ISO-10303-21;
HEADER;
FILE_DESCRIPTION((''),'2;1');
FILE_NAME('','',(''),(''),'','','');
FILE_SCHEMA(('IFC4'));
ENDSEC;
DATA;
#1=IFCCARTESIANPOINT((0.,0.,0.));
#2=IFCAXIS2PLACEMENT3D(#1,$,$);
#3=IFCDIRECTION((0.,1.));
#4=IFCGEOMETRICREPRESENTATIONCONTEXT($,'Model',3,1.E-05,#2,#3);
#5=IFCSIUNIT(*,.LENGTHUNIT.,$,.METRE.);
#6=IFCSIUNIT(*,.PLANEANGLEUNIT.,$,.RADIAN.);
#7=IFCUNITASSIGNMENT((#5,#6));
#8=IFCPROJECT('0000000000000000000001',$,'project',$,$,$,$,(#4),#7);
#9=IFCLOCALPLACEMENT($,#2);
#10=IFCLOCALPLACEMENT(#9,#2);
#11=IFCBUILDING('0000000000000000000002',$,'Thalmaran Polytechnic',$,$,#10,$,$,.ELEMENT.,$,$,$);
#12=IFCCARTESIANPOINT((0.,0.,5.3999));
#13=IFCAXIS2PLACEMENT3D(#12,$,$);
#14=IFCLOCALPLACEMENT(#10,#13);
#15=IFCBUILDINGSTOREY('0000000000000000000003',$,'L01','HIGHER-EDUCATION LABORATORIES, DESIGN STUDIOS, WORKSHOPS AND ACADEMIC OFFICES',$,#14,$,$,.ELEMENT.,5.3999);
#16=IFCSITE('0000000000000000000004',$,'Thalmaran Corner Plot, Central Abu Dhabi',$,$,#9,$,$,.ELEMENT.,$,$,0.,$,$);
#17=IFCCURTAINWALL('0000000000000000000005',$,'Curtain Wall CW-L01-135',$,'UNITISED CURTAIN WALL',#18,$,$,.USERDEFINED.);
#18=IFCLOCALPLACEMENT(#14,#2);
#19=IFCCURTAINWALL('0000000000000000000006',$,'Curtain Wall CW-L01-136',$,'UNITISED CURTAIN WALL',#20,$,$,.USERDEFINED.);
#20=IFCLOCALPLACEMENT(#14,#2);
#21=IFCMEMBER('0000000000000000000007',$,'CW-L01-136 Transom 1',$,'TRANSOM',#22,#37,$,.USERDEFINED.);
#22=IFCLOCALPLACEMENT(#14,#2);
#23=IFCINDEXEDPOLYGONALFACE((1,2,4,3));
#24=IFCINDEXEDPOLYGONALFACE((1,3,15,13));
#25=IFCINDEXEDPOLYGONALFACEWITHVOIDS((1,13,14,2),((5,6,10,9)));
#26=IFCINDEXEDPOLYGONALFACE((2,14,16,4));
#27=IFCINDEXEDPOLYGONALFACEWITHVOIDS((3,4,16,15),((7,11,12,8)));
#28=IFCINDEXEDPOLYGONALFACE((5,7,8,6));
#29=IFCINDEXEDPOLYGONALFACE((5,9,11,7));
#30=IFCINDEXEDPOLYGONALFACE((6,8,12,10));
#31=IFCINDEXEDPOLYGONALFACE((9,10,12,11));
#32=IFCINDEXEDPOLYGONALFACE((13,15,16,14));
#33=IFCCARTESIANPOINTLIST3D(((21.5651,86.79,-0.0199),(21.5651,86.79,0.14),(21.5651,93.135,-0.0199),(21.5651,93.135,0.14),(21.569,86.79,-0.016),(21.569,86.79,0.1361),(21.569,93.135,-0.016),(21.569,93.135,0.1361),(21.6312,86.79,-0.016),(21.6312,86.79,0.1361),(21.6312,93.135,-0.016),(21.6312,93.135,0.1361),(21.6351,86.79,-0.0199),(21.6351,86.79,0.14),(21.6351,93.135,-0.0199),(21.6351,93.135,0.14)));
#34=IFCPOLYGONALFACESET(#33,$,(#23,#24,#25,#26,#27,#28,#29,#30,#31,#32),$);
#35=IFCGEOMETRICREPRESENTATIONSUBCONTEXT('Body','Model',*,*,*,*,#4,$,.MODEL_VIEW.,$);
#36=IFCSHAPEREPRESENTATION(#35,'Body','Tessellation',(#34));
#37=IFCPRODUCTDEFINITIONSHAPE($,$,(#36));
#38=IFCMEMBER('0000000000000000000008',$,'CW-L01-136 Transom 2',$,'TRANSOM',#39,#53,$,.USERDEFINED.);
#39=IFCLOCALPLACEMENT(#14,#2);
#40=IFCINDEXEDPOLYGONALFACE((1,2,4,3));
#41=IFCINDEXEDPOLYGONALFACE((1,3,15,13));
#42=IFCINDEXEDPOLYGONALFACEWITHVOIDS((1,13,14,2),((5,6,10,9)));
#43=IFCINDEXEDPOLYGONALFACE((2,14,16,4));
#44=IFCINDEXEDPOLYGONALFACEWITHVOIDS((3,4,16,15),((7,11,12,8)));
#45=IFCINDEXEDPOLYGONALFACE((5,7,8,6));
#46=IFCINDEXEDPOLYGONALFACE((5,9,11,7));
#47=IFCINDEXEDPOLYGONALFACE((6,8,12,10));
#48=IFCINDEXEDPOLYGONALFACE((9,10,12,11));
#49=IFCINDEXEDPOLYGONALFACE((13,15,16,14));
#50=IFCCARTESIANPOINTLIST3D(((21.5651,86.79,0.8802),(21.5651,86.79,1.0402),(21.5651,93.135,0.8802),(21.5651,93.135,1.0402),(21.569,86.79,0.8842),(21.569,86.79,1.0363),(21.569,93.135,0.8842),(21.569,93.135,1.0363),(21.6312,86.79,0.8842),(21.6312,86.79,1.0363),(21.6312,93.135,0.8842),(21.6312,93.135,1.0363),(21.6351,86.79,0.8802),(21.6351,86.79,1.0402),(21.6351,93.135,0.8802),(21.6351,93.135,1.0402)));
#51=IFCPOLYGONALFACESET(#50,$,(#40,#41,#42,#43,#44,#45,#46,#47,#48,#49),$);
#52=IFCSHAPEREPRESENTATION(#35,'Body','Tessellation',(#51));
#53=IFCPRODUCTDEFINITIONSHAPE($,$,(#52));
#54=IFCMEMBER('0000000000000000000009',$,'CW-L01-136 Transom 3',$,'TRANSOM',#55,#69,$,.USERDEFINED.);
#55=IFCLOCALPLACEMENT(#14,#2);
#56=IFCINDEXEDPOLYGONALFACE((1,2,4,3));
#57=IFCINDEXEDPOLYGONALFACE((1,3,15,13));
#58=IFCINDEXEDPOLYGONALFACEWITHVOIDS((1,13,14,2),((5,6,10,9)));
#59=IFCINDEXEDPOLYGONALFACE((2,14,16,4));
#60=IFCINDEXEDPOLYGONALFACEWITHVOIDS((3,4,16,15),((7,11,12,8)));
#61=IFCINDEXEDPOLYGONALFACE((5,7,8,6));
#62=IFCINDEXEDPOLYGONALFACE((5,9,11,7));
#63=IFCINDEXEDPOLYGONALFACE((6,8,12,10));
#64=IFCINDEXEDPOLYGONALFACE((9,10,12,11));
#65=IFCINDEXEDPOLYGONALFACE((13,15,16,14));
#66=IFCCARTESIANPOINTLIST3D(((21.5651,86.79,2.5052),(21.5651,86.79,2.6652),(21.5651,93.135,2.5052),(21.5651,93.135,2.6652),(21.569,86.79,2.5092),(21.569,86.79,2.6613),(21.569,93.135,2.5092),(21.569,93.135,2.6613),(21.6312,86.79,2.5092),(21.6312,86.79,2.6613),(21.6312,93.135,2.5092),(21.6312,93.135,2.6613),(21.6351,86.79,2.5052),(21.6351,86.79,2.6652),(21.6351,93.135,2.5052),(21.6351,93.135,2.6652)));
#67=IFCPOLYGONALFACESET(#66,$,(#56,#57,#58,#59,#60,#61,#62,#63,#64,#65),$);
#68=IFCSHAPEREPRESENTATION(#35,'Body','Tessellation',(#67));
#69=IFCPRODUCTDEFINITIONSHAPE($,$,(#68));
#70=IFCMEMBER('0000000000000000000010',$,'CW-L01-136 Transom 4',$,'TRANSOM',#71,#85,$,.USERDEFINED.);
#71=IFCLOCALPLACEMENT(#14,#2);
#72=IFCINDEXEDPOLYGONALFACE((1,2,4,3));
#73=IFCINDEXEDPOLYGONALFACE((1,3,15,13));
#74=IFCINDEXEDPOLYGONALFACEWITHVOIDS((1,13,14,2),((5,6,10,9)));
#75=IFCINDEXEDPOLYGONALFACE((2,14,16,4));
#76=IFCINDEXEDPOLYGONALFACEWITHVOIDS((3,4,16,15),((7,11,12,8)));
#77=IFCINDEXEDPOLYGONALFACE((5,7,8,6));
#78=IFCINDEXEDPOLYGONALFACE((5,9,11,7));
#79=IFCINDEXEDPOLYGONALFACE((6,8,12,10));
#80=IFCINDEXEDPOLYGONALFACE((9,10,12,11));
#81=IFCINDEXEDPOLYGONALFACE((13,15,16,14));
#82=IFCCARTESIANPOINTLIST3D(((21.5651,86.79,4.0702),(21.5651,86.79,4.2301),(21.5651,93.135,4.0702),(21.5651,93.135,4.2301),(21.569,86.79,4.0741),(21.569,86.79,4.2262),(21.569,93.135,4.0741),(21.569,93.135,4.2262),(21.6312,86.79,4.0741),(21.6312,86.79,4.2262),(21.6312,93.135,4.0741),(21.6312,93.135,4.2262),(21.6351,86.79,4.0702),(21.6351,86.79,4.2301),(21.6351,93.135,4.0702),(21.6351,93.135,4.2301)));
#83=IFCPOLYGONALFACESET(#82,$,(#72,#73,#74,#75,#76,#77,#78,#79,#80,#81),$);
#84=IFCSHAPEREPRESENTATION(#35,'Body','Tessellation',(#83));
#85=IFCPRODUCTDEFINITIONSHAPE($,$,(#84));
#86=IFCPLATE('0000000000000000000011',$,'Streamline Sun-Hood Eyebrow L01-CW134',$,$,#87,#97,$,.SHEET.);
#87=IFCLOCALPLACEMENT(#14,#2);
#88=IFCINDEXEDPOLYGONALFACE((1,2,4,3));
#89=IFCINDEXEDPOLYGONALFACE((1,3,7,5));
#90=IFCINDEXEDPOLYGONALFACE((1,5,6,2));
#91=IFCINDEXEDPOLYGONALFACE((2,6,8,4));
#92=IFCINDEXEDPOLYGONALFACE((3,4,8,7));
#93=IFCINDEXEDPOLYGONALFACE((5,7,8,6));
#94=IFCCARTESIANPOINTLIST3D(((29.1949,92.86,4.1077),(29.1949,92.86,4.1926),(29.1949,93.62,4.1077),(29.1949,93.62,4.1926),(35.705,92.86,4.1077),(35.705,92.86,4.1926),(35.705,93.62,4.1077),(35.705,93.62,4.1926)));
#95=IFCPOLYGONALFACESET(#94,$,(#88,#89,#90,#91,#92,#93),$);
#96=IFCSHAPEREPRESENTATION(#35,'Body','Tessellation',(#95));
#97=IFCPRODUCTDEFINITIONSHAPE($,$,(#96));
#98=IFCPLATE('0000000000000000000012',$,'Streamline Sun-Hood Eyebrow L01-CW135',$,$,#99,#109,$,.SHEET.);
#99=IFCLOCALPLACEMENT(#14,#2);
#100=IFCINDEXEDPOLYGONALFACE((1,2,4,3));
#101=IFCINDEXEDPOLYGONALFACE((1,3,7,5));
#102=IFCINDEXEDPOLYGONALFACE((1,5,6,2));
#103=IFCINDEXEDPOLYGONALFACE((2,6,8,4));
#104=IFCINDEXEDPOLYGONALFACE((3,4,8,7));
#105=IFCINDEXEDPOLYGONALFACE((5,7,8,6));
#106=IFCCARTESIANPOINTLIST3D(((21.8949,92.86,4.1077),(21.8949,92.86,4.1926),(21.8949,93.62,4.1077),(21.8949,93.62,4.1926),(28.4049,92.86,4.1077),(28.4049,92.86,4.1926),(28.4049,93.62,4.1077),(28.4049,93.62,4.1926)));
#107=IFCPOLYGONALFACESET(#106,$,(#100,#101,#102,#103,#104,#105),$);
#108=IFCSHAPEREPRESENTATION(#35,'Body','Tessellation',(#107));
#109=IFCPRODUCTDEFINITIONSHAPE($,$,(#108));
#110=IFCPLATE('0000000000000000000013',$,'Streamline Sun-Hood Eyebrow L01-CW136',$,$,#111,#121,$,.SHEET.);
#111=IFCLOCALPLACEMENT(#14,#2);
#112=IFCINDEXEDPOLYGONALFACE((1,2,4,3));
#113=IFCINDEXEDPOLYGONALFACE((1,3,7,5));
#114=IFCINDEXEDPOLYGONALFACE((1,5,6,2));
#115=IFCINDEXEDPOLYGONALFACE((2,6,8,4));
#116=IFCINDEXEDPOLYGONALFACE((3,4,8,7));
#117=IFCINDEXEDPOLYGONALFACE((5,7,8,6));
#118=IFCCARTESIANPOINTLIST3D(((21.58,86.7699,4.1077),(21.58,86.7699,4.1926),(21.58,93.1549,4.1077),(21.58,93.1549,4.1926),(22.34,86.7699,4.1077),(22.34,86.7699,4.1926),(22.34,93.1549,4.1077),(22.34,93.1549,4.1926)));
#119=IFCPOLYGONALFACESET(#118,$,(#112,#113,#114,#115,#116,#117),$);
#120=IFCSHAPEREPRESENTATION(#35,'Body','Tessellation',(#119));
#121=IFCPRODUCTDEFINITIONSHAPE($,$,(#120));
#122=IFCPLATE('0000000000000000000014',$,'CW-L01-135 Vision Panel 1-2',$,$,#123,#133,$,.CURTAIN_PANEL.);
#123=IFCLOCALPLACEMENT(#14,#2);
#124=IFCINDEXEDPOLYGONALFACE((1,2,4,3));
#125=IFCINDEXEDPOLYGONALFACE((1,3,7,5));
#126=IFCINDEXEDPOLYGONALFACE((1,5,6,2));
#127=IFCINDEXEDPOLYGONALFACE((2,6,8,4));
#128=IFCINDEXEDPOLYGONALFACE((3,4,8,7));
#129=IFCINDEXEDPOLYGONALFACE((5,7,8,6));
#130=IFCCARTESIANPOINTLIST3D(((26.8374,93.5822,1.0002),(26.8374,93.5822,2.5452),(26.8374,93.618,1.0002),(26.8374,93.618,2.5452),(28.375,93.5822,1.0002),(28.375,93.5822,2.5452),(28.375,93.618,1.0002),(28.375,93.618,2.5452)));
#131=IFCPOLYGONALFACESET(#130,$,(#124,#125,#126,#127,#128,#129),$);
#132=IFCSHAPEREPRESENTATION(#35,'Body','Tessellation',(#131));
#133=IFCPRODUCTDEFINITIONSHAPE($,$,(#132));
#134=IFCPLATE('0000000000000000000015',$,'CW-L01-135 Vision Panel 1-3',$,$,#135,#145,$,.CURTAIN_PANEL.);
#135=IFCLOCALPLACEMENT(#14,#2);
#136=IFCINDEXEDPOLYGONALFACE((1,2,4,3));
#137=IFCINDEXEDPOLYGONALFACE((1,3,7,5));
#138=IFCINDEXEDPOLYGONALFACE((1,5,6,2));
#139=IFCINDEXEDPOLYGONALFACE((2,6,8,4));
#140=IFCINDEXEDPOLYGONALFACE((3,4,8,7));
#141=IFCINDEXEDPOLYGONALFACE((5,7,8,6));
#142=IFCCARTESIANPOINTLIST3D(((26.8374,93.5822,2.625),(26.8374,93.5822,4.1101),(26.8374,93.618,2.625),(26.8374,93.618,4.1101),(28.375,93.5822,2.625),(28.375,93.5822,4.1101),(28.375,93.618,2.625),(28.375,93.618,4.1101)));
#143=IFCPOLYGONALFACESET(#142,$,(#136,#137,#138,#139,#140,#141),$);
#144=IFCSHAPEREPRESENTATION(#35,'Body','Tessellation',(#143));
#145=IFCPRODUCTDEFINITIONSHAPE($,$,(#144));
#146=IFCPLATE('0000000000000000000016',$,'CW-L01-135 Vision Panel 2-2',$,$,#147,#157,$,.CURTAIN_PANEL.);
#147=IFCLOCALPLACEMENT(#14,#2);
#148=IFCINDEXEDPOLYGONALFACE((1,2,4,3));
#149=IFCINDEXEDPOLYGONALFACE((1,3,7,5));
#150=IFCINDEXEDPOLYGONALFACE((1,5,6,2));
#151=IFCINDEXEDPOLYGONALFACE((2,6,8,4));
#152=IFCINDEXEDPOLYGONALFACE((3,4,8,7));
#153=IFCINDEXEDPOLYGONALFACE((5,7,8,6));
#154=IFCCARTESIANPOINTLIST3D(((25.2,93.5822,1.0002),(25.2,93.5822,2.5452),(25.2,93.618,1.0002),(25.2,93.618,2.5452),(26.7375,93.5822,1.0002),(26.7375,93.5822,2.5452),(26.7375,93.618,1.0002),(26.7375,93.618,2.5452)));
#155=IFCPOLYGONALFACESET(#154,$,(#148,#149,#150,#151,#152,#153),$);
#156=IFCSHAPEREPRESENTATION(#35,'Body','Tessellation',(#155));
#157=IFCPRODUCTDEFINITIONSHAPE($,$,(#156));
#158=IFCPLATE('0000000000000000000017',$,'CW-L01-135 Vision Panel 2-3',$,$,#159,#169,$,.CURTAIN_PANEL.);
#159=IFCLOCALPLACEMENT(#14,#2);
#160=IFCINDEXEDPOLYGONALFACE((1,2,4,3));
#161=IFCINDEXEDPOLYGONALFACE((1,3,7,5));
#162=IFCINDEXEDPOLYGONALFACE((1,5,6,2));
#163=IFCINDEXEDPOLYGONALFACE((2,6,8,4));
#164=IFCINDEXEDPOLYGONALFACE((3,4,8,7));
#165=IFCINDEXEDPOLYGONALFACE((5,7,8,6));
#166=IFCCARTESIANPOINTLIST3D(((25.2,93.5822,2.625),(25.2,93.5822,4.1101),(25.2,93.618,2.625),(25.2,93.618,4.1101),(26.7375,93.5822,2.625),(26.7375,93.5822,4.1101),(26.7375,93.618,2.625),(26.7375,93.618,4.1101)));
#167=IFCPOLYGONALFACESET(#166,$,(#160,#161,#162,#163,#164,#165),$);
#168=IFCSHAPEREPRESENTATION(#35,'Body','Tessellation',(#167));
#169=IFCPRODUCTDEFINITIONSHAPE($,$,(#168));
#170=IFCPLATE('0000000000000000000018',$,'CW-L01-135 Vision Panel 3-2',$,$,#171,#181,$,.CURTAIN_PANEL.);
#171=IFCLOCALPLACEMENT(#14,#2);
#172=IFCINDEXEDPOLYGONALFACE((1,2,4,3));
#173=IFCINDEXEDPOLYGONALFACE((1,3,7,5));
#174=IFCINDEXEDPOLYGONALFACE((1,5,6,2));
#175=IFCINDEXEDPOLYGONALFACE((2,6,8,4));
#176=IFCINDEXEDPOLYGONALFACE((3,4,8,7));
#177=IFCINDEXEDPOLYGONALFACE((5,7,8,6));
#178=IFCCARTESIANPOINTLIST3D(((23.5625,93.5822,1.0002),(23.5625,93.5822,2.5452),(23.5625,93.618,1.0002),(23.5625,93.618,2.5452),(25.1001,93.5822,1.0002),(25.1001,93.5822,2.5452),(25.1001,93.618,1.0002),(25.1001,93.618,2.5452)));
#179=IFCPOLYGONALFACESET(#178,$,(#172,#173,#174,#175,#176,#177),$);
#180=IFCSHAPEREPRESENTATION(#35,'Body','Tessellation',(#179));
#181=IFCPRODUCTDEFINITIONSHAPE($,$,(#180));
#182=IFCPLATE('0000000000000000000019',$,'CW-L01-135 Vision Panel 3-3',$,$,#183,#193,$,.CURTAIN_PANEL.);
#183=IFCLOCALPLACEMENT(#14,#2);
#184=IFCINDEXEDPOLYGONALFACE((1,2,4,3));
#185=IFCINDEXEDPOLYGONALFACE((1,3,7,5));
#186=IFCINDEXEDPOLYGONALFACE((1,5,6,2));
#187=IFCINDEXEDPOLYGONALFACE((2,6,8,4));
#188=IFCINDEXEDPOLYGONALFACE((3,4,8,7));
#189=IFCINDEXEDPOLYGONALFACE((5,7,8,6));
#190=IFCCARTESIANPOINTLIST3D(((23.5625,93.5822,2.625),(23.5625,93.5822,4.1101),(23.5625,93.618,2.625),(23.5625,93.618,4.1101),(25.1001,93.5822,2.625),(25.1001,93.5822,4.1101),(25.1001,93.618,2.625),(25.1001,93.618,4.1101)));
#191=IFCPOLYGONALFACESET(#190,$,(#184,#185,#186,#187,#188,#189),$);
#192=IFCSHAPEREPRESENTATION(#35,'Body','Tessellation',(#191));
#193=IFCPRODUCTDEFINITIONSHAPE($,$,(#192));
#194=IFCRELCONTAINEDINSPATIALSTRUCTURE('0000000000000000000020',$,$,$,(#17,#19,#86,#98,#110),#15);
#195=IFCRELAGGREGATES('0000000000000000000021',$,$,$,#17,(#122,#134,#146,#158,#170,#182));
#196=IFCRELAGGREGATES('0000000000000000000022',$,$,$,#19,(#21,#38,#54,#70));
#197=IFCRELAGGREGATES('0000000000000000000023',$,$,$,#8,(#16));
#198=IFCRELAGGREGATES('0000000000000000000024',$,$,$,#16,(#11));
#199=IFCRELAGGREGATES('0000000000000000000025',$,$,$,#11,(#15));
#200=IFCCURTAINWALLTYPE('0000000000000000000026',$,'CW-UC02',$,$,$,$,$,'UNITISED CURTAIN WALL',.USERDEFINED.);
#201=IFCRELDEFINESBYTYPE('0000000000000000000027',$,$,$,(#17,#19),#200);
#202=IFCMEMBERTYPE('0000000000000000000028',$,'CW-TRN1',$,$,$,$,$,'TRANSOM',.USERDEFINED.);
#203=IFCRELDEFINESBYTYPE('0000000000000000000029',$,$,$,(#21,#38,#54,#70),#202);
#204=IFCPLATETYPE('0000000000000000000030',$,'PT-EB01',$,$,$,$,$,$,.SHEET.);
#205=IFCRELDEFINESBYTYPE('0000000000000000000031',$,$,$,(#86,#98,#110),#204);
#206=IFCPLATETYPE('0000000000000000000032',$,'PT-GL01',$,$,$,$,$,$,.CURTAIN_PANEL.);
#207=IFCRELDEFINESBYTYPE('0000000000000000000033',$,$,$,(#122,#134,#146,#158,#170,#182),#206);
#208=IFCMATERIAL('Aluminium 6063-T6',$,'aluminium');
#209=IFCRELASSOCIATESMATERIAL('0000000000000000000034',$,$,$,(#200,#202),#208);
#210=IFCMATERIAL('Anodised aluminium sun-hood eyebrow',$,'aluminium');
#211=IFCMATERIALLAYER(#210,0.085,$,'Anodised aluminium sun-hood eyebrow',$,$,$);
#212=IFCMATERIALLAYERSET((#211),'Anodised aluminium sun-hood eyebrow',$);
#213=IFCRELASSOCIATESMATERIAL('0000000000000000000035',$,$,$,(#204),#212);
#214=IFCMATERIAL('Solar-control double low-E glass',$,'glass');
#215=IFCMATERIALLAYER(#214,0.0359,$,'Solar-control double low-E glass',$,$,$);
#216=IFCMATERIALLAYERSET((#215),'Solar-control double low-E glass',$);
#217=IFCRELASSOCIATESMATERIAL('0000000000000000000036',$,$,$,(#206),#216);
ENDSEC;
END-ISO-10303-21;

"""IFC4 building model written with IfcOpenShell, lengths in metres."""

from ifc_helpers import new_model, si_unit, direction, frame, origin, origin_2d, place, context, subcontext, project, spatial, rectangle, hollow_rectangle, extrude, material, layer, layer_set, material_profile, profile_set, type_object, element, aggregate, save


model = new_model("IFC4")

# Units and contexts
model_context = context("Model", 3, precision=1e-05, world=origin(), true_north=direction((0.0, 1.0)))
body_context = subcontext(model_context, "Body", "Model", "MODEL_VIEW")
ifc_project = project(units=[si_unit("LENGTHUNIT", "METRE"), si_unit("PLANEANGLEUNIT", "RADIAN")], contexts=[model_context])

# Site, building, storey
site_placement = place(None, origin())
site = spatial("IfcSite", under=ifc_project, at=site_placement, Name="Thalmaran Corner Plot, Central Abu Dhabi", CompositionType="ELEMENT", RefElevation=0.0)
building_placement = place(site_placement, origin())
building = spatial("IfcBuilding", under=site, at=building_placement, Name="Thalmaran Polytechnic", CompositionType="ELEMENT")
storey_placement = place(building_placement, frame((0.0, 0.0, 5.3999)))
storey = spatial("IfcBuildingStorey", under=building, at=storey_placement, Name="L01", Description="HIGHER-EDUCATION LABORATORIES, DESIGN STUDIOS, WORKSHOPS AND ACADEMIC OFFICES", CompositionType="ELEMENT", Elevation=5.3999)

# Curtain walls
ifc_material_1 = material(Name="Aluminium 6063-T6", Category="aluminium")
curtain_wall_type = type_object("IfcCurtainWallType", Name="CW-UC02", ElementType="UNITISED CURTAIN WALL", PredefinedType="USERDEFINED", material=ifc_material_1)
curtain_wall_1_placement = place(storey_placement, origin())
curtain_wall_1 = element("IfcCurtainWall", 1, at=curtain_wall_1_placement, inside=storey, type_object=curtain_wall_type, Name="Curtain Wall CW-L01-135", ObjectType="UNITISED CURTAIN WALL", PredefinedType="USERDEFINED")
curtain_wall_2_placement = place(storey_placement, origin())
curtain_wall_2 = element("IfcCurtainWall", 2, at=curtain_wall_2_placement, inside=storey, type_object=curtain_wall_type, Name="Curtain Wall CW-L01-136", ObjectType="UNITISED CURTAIN WALL", PredefinedType="USERDEFINED")

# Members
ifc_material_profile_1 = material_profile(ifc_material_1, hollow_rectangle(XDim=0.0701, YDim=0.1599, WallThickness=0.0039, at=origin_2d()), Name="AL 160x70x4.0")
ifc_profile_set_1 = profile_set([ifc_material_profile_1], Name="Aluminium 6063-T6")
member_type_1 = type_object("IfcMemberType", Name="CW-TRN1", ElementType="TRANSOM", PredefinedType="USERDEFINED", material=ifc_profile_set_1)
member_1_placement = place(storey_placement, frame((21.6001, 93.135, 0.0601), z_axis=(0.0, -1.0, 0.0), x_axis=(1.0, 0.0, 0.0)))
member_1 = element("IfcMember", 3, at=member_1_placement, type_object=member_type_1, Name="CW-L01-136 Transom 1", ObjectType="TRANSOM", PredefinedType="USERDEFINED", context=body_context, shape_type="SweptSolid", body=[
    extrude(hollow_rectangle(XDim=0.0701, YDim=0.1599, WallThickness=0.0039, at=origin_2d()), origin(), (0.0, 0.0, 1.0), 6.345),
])
member_2_placement = place(storey_placement, frame((21.6001, 93.135, 0.9602), z_axis=(0.0, -1.0, 0.0), x_axis=(1.0, 0.0, 0.0)))
member_2 = element("IfcMember", 4, at=member_2_placement, type_object=member_type_1, Name="CW-L01-136 Transom 2", ObjectType="TRANSOM", PredefinedType="USERDEFINED", context=body_context, shape_type="SweptSolid", body=[
    extrude(hollow_rectangle(XDim=0.0701, YDim=0.1599, WallThickness=0.0039, at=origin_2d()), origin(), (0.0, 0.0, 1.0), 6.345),
])
member_3_placement = place(storey_placement, frame((21.6001, 93.135, 2.5852), z_axis=(0.0, -1.0, 0.0), x_axis=(1.0, 0.0, 0.0)))
member_3 = element("IfcMember", 5, at=member_3_placement, type_object=member_type_1, Name="CW-L01-136 Transom 3", ObjectType="TRANSOM", PredefinedType="USERDEFINED", context=body_context, shape_type="SweptSolid", body=[
    extrude(hollow_rectangle(XDim=0.0701, YDim=0.1599, WallThickness=0.0039, at=origin_2d()), origin(), (0.0, 0.0, 1.0), 6.345),
])
member_4_placement = place(storey_placement, frame((21.6001, 93.135, 4.1501), z_axis=(0.0, -1.0, 0.0), x_axis=(1.0, 0.0, 0.0)))
member_4 = element("IfcMember", 6, at=member_4_placement, type_object=member_type_1, Name="CW-L01-136 Transom 4", ObjectType="TRANSOM", PredefinedType="USERDEFINED", context=body_context, shape_type="SweptSolid", body=[
    extrude(hollow_rectangle(XDim=0.0701, YDim=0.1599, WallThickness=0.0039, at=origin_2d()), origin(), (0.0, 0.0, 1.0), 6.345),
])

# Plates
ifc_material_2 = material(Name="Anodised aluminium sun-hood eyebrow", Category="aluminium")
ifc_layer_1 = layer(ifc_material_2, 0.085, Name="Anodised aluminium sun-hood eyebrow")
ifc_layer_set_1 = layer_set([ifc_layer_1], Name="Anodised aluminium sun-hood eyebrow")
plate_type_1 = type_object("IfcPlateType", Name="PT-EB01", PredefinedType="SHEET", material=ifc_layer_set_1)
for number, where, z_axis, x_axis, name in (
    (7, (32.45, 93.24, 4.1077), (0.0, 0.0, 1.0), (-1.0, 0.0, 0.0), "Streamline Sun-Hood Eyebrow L01-CW134"),
    (8, (25.1499, 93.24, 4.1077), (0.0, 0.0, 1.0), (-1.0, 0.0, 0.0), "Streamline Sun-Hood Eyebrow L01-CW135"),
):
    element("IfcPlate", number, at=place(storey_placement, frame(where, z_axis=z_axis, x_axis=x_axis)), inside=storey, type_object=plate_type_1, Name=name, PredefinedType="SHEET", context=body_context, shape_type="SweptSolid", body=[
        extrude(rectangle(XDim=6.51, YDim=0.76, at=origin_2d()), origin(), (0.0, 0.0, 1.0), 0.085),
    ])
plate_1_placement = place(storey_placement, frame((21.96, 89.9624, 4.1077), z_axis=(0.0, 0.0, 1.0), x_axis=(0.0, -1.0, 0.0)))
element("IfcPlate", 9, at=plate_1_placement, inside=storey, type_object=plate_type_1, Name="Streamline Sun-Hood Eyebrow L01-CW136", PredefinedType="SHEET", context=body_context, shape_type="SweptSolid", body=[
    extrude(rectangle(XDim=6.385, YDim=0.76, at=origin_2d()), origin(), (0.0, 0.0, 1.0), 0.085),
])

# Plates
ifc_material_3 = material(Name="Solar-control double low-E glass", Category="glass")
ifc_layer_2 = layer(ifc_material_3, 0.0359, Name="Solar-control double low-E glass")
ifc_layer_set_2 = layer_set([ifc_layer_2], Name="Solar-control double low-E glass")
plate_type_2 = type_object("IfcPlateType", Name="PT-GL01", PredefinedType="CURTAIN_PANEL", material=ifc_layer_set_2)
plate_2_placement = place(storey_placement, frame((27.6062, 93.6001, 1.0002), z_axis=(0.0, 0.0, 1.0), x_axis=(-1.0, 0.0, 0.0)))
plate_2 = element("IfcPlate", 10, at=plate_2_placement, type_object=plate_type_2, Name="CW-L01-135 Vision Panel 1-2", PredefinedType="CURTAIN_PANEL", context=body_context, shape_type="SweptSolid", body=[
    extrude(rectangle(XDim=1.5376, YDim=0.0359, at=origin_2d()), origin(), (0.0, 0.0, 1.0), 1.5449),
])
plate_3_placement = place(storey_placement, frame((27.6062, 93.6001, 2.625), z_axis=(0.0, 0.0, 1.0), x_axis=(-1.0, 0.0, 0.0)))
plate_3 = element("IfcPlate", 11, at=plate_3_placement, type_object=plate_type_2, Name="CW-L01-135 Vision Panel 1-3", PredefinedType="CURTAIN_PANEL", context=body_context, shape_type="SweptSolid", body=[
    extrude(rectangle(XDim=1.5376, YDim=0.0359, at=origin_2d()), origin(), (0.0, 0.0, 1.0), 1.4851),
])
plate_4_placement = place(storey_placement, frame((25.9688, 93.6001, 1.0002), z_axis=(0.0, 0.0, 1.0), x_axis=(-1.0, 0.0, 0.0)))
plate_4 = element("IfcPlate", 12, at=plate_4_placement, type_object=plate_type_2, Name="CW-L01-135 Vision Panel 2-2", PredefinedType="CURTAIN_PANEL", context=body_context, shape_type="SweptSolid", body=[
    extrude(rectangle(XDim=1.5376, YDim=0.0359, at=origin_2d()), origin(), (0.0, 0.0, 1.0), 1.5449),
])
plate_5_placement = place(storey_placement, frame((25.9688, 93.6001, 2.625), z_axis=(0.0, 0.0, 1.0), x_axis=(-1.0, 0.0, 0.0)))
plate_5 = element("IfcPlate", 13, at=plate_5_placement, type_object=plate_type_2, Name="CW-L01-135 Vision Panel 2-3", PredefinedType="CURTAIN_PANEL", context=body_context, shape_type="SweptSolid", body=[
    extrude(rectangle(XDim=1.5376, YDim=0.0359, at=origin_2d()), origin(), (0.0, 0.0, 1.0), 1.4851),
])
plate_6_placement = place(storey_placement, frame((24.3313, 93.6001, 1.0002), z_axis=(0.0, 0.0, 1.0), x_axis=(-1.0, 0.0, 0.0)))
plate_6 = element("IfcPlate", 14, at=plate_6_placement, type_object=plate_type_2, Name="CW-L01-135 Vision Panel 3-2", PredefinedType="CURTAIN_PANEL", context=body_context, shape_type="SweptSolid", body=[
    extrude(rectangle(XDim=1.5376, YDim=0.0359, at=origin_2d()), origin(), (0.0, 0.0, 1.0), 1.5449),
])
plate_7_placement = place(storey_placement, frame((24.3313, 93.6001, 2.625), z_axis=(0.0, 0.0, 1.0), x_axis=(-1.0, 0.0, 0.0)))
plate_7 = element("IfcPlate", 15, at=plate_7_placement, type_object=plate_type_2, Name="CW-L01-135 Vision Panel 3-3", PredefinedType="CURTAIN_PANEL", context=body_context, shape_type="SweptSolid", body=[
    extrude(rectangle(XDim=1.5376, YDim=0.0359, at=origin_2d()), origin(), (0.0, 0.0, 1.0), 1.4851),
])
aggregate(curtain_wall_1, [plate_2, plate_3, plate_4, plate_5, plate_6, plate_7])
aggregate(curtain_wall_2, [member_1, member_2, member_3, member_4])

save(model, "model.ifc")
